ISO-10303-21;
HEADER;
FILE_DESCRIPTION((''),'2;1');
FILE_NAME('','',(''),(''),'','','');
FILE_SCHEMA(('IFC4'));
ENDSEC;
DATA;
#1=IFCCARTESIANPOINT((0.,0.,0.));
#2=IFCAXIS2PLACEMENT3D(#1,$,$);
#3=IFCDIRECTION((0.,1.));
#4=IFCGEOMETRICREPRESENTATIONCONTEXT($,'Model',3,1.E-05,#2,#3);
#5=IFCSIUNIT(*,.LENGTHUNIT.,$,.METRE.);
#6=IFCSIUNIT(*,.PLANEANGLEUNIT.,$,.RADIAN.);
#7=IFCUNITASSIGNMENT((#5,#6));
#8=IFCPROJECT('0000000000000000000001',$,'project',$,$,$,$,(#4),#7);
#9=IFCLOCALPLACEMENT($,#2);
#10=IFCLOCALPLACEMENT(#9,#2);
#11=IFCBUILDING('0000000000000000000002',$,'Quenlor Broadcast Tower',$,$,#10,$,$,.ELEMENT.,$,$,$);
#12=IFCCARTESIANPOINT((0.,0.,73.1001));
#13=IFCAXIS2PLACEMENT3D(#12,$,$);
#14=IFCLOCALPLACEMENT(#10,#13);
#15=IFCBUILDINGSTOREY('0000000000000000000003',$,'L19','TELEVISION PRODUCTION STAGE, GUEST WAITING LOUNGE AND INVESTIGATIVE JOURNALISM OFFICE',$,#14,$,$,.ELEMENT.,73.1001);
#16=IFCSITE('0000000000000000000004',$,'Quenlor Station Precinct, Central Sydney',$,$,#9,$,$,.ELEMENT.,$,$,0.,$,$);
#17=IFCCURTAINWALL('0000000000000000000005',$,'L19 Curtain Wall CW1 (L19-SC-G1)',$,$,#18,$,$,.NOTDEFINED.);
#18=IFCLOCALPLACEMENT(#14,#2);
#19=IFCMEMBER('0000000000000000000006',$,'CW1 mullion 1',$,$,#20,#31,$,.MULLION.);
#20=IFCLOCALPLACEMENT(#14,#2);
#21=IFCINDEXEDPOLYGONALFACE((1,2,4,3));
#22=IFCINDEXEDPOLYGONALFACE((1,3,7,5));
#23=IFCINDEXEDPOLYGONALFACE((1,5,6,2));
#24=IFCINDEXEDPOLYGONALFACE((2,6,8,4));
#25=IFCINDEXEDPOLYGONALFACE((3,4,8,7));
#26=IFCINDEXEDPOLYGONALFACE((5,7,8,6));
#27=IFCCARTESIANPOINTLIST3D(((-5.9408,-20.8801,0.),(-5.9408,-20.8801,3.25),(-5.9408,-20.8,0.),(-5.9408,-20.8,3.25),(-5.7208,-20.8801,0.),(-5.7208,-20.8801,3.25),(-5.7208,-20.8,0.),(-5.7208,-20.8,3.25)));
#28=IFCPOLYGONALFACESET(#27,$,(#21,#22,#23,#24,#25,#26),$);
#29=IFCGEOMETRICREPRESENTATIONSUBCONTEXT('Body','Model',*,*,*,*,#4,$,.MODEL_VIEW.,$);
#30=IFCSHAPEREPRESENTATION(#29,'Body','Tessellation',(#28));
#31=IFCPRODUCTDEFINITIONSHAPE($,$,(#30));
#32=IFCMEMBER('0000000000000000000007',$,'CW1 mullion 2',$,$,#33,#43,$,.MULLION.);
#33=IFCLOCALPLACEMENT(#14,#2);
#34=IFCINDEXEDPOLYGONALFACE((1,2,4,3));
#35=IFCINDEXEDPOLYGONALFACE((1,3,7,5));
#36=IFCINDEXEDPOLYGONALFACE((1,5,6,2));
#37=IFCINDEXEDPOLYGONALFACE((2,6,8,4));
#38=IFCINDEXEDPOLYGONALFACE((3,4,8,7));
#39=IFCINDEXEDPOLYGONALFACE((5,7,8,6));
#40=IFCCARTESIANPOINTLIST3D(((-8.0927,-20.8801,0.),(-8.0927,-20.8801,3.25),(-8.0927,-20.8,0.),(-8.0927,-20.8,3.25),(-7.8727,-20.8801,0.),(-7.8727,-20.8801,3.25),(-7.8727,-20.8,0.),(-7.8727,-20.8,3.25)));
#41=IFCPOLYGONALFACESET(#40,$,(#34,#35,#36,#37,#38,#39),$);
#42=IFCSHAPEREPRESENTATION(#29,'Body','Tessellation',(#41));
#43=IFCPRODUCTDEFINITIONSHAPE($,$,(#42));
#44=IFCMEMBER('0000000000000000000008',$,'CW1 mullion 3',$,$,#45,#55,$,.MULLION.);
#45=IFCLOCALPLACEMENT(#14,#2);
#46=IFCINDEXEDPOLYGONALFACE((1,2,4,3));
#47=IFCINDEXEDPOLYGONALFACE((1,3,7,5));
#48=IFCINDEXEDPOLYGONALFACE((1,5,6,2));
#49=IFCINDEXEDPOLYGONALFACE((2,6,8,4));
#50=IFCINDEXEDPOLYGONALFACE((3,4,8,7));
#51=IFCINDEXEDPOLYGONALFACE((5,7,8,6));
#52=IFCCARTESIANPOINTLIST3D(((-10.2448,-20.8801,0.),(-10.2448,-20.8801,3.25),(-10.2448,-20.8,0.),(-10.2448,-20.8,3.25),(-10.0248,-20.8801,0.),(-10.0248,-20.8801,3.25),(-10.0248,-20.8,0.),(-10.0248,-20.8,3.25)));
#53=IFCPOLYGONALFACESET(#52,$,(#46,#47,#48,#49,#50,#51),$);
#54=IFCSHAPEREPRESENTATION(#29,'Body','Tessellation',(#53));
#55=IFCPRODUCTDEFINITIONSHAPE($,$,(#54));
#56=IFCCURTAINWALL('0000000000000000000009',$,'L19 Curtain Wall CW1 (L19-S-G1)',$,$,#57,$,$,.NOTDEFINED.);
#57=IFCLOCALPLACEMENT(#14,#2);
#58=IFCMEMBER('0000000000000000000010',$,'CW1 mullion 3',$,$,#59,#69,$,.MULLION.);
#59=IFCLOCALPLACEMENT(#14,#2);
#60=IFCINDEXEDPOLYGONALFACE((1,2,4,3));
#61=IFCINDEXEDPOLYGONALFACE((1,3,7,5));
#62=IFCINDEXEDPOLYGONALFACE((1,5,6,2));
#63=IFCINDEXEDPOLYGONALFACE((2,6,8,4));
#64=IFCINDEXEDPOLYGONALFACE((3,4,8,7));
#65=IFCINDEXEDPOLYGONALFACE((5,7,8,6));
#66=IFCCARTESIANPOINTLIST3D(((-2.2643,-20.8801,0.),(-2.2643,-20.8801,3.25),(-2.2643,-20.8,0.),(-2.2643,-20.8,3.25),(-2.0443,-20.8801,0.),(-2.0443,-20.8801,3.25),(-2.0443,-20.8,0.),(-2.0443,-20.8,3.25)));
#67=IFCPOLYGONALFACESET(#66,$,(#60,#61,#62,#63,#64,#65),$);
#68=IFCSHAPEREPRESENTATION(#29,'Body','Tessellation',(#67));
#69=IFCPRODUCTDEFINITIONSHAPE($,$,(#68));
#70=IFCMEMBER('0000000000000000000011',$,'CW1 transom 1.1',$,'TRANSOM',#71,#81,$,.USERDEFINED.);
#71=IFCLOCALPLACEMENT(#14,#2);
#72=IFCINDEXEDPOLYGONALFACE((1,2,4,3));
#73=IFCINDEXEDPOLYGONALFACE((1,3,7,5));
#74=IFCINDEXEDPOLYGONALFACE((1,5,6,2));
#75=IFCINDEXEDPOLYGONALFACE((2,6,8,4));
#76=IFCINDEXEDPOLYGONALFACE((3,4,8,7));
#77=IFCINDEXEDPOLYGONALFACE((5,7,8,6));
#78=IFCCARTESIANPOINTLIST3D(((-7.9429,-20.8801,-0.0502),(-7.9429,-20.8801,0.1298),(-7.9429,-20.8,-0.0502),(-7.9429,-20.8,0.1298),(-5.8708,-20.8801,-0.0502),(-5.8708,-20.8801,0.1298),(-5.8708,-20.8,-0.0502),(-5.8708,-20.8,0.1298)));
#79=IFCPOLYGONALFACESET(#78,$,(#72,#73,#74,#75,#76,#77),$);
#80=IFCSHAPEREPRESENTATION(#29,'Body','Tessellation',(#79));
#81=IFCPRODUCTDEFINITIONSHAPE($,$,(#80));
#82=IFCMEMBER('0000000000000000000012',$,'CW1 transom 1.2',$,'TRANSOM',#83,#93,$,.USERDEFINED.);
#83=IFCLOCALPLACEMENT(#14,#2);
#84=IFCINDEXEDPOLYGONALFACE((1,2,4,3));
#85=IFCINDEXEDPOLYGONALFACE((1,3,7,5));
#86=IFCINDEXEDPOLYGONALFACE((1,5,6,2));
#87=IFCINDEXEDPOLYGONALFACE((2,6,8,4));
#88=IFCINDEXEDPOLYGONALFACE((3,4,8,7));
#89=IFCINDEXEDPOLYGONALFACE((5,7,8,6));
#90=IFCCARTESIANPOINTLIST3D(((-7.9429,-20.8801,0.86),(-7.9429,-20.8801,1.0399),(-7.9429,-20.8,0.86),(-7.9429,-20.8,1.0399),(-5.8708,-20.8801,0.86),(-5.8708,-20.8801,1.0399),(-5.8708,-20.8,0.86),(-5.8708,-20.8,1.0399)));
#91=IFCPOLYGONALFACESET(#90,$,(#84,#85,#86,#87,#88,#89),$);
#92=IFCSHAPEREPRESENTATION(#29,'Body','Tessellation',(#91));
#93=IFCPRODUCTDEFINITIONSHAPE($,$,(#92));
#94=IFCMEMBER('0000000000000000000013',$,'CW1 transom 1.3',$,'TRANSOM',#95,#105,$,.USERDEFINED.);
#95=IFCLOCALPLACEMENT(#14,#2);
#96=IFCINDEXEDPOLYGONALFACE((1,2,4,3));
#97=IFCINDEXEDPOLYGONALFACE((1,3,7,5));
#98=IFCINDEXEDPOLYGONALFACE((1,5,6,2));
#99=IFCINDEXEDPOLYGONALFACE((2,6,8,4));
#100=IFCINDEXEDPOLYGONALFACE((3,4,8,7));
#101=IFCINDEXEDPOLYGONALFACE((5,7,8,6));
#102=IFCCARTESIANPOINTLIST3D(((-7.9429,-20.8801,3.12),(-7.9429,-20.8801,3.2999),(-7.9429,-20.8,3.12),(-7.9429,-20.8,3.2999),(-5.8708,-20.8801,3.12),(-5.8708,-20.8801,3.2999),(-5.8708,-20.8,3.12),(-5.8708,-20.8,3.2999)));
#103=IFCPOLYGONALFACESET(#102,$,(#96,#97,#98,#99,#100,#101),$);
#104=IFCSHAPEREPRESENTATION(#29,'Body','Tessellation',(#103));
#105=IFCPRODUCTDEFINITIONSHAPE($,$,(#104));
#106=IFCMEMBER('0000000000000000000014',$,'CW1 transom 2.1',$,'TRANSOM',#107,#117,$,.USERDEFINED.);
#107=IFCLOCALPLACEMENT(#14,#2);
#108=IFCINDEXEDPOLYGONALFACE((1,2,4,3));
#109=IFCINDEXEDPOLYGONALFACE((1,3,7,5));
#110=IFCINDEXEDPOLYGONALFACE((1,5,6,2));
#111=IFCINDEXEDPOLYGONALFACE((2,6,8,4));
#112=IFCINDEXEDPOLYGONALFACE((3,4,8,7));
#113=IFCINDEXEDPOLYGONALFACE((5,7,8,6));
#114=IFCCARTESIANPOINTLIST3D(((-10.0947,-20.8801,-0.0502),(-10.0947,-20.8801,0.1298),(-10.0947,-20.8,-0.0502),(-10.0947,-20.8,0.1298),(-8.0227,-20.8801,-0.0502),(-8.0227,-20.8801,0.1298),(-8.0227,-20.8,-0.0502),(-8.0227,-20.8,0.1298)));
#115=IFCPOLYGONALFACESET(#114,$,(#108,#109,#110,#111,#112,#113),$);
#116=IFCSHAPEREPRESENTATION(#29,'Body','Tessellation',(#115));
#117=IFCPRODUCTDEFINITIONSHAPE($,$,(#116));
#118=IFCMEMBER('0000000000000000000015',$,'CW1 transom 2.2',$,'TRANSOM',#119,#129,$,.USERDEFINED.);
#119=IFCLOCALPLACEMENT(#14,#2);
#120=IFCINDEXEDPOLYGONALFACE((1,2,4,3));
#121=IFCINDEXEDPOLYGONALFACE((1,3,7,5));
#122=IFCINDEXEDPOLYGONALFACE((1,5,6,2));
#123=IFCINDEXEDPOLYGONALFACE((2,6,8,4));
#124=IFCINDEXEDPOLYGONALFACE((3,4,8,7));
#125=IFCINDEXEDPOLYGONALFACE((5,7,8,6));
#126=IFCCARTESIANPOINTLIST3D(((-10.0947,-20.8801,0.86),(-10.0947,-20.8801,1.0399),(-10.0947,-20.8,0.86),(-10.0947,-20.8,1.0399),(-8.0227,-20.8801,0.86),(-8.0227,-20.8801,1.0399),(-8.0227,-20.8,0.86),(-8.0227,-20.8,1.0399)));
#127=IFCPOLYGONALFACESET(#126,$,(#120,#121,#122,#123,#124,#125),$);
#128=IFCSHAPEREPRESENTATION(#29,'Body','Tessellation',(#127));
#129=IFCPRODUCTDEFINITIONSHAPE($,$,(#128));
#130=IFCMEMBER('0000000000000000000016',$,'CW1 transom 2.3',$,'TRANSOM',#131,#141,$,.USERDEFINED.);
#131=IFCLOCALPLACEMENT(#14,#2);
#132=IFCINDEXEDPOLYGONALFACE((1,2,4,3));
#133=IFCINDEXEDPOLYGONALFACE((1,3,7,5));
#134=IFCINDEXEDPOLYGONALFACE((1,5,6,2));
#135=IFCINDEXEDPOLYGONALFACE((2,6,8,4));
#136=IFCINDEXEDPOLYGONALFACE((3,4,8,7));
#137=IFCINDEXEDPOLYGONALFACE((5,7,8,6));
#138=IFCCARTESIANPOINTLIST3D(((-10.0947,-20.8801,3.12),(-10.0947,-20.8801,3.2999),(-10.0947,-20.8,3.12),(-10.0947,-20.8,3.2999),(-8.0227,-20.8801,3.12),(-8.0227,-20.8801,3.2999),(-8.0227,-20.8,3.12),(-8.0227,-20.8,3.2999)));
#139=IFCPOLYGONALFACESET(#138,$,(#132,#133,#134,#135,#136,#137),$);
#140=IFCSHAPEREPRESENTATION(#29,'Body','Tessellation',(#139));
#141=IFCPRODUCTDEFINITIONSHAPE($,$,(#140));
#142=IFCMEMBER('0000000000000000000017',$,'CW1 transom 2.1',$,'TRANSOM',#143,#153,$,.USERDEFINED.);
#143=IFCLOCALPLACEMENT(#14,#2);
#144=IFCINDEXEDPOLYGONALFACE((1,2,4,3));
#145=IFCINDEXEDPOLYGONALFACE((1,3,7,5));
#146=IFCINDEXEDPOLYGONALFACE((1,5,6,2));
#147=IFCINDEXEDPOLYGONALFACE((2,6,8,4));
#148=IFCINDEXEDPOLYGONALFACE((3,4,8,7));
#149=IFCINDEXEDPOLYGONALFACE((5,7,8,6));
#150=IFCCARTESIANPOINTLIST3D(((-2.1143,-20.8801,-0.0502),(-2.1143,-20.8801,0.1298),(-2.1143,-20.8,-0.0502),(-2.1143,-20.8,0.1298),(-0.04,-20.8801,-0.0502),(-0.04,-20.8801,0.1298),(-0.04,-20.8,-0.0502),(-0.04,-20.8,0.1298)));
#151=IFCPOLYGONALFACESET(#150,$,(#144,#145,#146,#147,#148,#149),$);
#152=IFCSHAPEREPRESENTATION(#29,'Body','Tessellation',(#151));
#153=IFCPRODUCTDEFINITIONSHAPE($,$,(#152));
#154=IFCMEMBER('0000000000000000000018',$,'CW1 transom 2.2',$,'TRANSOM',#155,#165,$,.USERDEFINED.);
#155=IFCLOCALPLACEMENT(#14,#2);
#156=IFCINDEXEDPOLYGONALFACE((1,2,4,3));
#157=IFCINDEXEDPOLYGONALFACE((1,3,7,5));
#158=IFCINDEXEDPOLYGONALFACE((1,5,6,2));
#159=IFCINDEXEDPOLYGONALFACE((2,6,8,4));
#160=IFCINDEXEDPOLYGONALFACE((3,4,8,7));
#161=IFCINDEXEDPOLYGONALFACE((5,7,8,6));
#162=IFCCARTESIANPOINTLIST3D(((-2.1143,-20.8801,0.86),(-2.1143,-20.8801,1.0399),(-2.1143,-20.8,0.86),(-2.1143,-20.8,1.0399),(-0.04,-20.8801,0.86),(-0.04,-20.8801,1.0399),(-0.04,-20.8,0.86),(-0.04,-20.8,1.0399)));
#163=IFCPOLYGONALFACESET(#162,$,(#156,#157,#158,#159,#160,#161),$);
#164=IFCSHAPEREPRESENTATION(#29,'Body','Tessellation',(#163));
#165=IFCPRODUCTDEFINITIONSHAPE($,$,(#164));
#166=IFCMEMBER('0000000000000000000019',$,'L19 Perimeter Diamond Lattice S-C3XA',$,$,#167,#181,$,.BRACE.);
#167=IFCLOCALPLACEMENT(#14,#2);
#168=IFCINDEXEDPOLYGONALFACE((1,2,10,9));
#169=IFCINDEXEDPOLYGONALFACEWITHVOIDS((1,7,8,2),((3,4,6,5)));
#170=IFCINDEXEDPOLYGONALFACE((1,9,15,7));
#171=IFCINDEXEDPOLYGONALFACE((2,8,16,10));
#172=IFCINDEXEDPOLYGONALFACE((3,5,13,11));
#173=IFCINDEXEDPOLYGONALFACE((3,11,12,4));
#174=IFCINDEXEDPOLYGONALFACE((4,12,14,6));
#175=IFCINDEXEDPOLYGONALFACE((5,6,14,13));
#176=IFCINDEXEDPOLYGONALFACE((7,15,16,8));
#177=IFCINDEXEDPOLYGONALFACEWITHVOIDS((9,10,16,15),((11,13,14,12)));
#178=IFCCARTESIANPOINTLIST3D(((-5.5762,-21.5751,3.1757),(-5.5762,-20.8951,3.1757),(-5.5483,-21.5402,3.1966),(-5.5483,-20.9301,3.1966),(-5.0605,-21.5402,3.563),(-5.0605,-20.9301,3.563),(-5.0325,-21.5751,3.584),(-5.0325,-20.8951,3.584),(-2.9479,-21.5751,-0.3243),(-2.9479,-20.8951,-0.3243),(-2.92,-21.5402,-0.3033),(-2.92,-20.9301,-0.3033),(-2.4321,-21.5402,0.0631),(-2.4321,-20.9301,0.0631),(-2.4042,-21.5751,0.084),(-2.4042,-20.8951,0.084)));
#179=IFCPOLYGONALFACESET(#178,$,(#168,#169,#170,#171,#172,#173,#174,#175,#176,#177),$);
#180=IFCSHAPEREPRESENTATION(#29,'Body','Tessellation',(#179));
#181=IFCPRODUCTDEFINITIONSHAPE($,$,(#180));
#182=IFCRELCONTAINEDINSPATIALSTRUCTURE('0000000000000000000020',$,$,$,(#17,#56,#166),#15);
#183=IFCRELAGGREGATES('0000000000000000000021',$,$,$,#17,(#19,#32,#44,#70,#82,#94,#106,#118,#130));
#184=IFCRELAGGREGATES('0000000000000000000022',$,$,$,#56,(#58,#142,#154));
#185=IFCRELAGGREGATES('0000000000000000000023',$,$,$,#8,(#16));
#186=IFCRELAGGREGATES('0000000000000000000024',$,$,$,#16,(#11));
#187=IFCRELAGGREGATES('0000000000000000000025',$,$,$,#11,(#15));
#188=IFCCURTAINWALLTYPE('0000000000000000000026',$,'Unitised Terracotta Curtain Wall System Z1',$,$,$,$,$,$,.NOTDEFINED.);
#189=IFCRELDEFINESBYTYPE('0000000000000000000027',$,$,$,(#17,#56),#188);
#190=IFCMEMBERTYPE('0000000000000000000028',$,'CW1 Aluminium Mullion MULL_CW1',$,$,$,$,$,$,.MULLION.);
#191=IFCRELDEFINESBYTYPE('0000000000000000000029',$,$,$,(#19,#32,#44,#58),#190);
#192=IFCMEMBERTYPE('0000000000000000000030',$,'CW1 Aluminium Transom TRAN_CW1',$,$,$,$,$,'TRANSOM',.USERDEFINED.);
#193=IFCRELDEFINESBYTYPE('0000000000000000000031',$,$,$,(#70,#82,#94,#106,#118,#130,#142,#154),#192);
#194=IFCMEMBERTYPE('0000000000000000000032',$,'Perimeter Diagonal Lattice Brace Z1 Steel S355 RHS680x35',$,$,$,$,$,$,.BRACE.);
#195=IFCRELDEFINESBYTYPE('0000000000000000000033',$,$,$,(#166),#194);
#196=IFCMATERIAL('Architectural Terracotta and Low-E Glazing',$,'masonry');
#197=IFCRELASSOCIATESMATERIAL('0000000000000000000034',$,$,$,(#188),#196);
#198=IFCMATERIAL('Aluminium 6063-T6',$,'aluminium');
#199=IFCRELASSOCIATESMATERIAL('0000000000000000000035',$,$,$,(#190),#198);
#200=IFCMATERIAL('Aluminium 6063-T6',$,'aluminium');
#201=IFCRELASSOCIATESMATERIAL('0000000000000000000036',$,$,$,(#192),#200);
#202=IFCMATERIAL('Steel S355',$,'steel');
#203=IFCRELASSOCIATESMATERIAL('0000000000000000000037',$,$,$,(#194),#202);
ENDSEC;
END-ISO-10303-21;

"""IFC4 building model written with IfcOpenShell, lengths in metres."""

from ifc_helpers import new_model, si_unit, direction, frame, origin, origin_2d, place, context, subcontext, project, spatial, rectangle, hollow_rectangle, extrude, material, material_profile, profile_set, type_object, element, aggregate, save


model = new_model("IFC4")

# Units and contexts
model_context = context("Model", 3, precision=1e-05, world=origin(), true_north=direction((0.0, 1.0)))
body_context = subcontext(model_context, "Body", "Model", "MODEL_VIEW")
ifc_project = project(units=[si_unit("LENGTHUNIT", "METRE"), si_unit("PLANEANGLEUNIT", "RADIAN")], contexts=[model_context])

# Site, building, storey
site_placement = place(None, origin())
site = spatial("IfcSite", under=ifc_project, at=site_placement, Name="Quenlor Station Precinct, Central Sydney", CompositionType="ELEMENT", RefElevation=0.0)
building_placement = place(site_placement, origin())
building = spatial("IfcBuilding", under=site, at=building_placement, Name="Quenlor Broadcast Tower", CompositionType="ELEMENT")
storey_placement = place(building_placement, frame((0.0, 0.0, 73.1001)))
storey = spatial("IfcBuildingStorey", under=building, at=storey_placement, Name="L19", Description="TELEVISION PRODUCTION STAGE, GUEST WAITING LOUNGE AND INVESTIGATIVE JOURNALISM OFFICE", CompositionType="ELEMENT", Elevation=73.1001)

# Curtain wall, members
ifc_material_1 = material(Name="Architectural Terracotta and Low-E Glazing", Category="masonry")
curtain_wall_type = type_object("IfcCurtainWallType", Name="Unitised Terracotta Curtain Wall System Z1", PredefinedType="NOTDEFINED", material=ifc_material_1)
curtain_wall_1_placement = place(storey_placement, origin())
curtain_wall_1 = element("IfcCurtainWall", 1, at=curtain_wall_1_placement, inside=storey, type_object=curtain_wall_type, Name="L19 Curtain Wall CW1 (L19-SC-G1)", PredefinedType="NOTDEFINED")
ifc_material_2 = material(Name="Aluminium 6063-T6", Category="aluminium")
ifc_material_profile_1 = material_profile(ifc_material_2, rectangle(XDim=0.0801, YDim=0.22, at=origin_2d()))
ifc_profile_set_1 = profile_set([ifc_material_profile_1], Name="Aluminium 6063-T6 MULL80x220")
member_type_1 = type_object("IfcMemberType", Name="CW1 Aluminium Mullion MULL_CW1", PredefinedType="MULLION", material=ifc_profile_set_1)
member_1_placement = place(storey_placement, frame((-5.8308, -20.8401, 0.0), z_axis=(0.0, 0.0, 1.0), x_axis=(0.0, -1.0, 0.0)))
member_1 = element("IfcMember", 2, at=member_1_placement, type_object=member_type_1, Name="CW1 mullion 1", PredefinedType="MULLION", context=body_context, shape_type="SweptSolid", body=[
    extrude(rectangle(XDim=0.0801, YDim=0.22, at=origin_2d()), origin(), (0.0, 0.0, 1.0), 3.25),
])
member_2_placement = place(storey_placement, frame((-7.9827, -20.8401, 0.0), z_axis=(0.0, 0.0, 1.0), x_axis=(0.0, -1.0, 0.0)))
member_2 = element("IfcMember", 3, at=member_2_placement, type_object=member_type_1, Name="CW1 mullion 2", PredefinedType="MULLION", context=body_context, shape_type="SweptSolid", body=[
    extrude(rectangle(XDim=0.0801, YDim=0.22, at=origin_2d()), origin(), (0.0, 0.0, 1.0), 3.25),
])
member_3_placement = place(storey_placement, frame((-10.1348, -20.8401, 0.0), z_axis=(0.0, 0.0, 1.0), x_axis=(0.0, -1.0, 0.0)))
member_3 = element("IfcMember", 4, at=member_3_placement, type_object=member_type_1, Name="CW1 mullion 3", PredefinedType="MULLION", context=body_context, shape_type="SweptSolid", body=[
    extrude(rectangle(XDim=0.0801, YDim=0.22, at=origin_2d()), origin(), (0.0, 0.0, 1.0), 3.25),
])

# Curtain wall, member
curtain_wall_2_placement = place(storey_placement, origin())
curtain_wall_2 = element("IfcCurtainWall", 5, at=curtain_wall_2_placement, inside=storey, type_object=curtain_wall_type, Name="L19 Curtain Wall CW1 (L19-S-G1)", PredefinedType="NOTDEFINED")
member_4_placement = place(storey_placement, frame((-2.1543, -20.8401, 0.0), z_axis=(0.0, 0.0, 1.0), x_axis=(0.0, -1.0, 0.0)))
member_4 = element("IfcMember", 6, at=member_4_placement, type_object=member_type_1, Name="CW1 mullion 3", PredefinedType="MULLION", context=body_context, shape_type="SweptSolid", body=[
    extrude(rectangle(XDim=0.0801, YDim=0.22, at=origin_2d()), origin(), (0.0, 0.0, 1.0), 3.25),
])

# Members
ifc_material_3 = material(Name="Aluminium 6063-T6", Category="aluminium")
ifc_material_profile_2 = material_profile(ifc_material_3, rectangle(XDim=0.0801, YDim=0.1799, at=origin_2d()))
ifc_profile_set_2 = profile_set([ifc_material_profile_2], Name="Aluminium 6063-T6 TRAN80x180")
member_type_2 = type_object("IfcMemberType", Name="CW1 Aluminium Transom TRAN_CW1", ElementType="TRANSOM", PredefinedType="USERDEFINED", material=ifc_profile_set_2)
member_5_placement = place(storey_placement, frame((-5.8708, -20.8401, 0.0398), z_axis=(-1.0, 0.0, 0.0), x_axis=(0.0, -1.0, 0.0)))
member_5 = element("IfcMember", 7, at=member_5_placement, type_object=member_type_2, Name="CW1 transom 1.1", ObjectType="TRANSOM", PredefinedType="USERDEFINED", context=body_context, shape_type="SweptSolid", body=[
    extrude(rectangle(XDim=0.0801, YDim=0.1799, at=origin_2d()), origin(), (0.0, 0.0, 1.0), 2.072),
])
member_6_placement = place(storey_placement, frame((-5.8708, -20.8401, 0.95), z_axis=(-1.0, 0.0, 0.0), x_axis=(0.0, -1.0, 0.0)))
member_6 = element("IfcMember", 8, at=member_6_placement, type_object=member_type_2, Name="CW1 transom 1.2", ObjectType="TRANSOM", PredefinedType="USERDEFINED", context=body_context, shape_type="SweptSolid", body=[
    extrude(rectangle(XDim=0.0801, YDim=0.1799, at=origin_2d()), origin(), (0.0, 0.0, 1.0), 2.072),
])
member_7_placement = place(storey_placement, frame((-5.8708, -20.8401, 3.21), z_axis=(-1.0, 0.0, 0.0), x_axis=(0.0, -1.0, 0.0)))
member_7 = element("IfcMember", 9, at=member_7_placement, type_object=member_type_2, Name="CW1 transom 1.3", ObjectType="TRANSOM", PredefinedType="USERDEFINED", context=body_context, shape_type="SweptSolid", body=[
    extrude(rectangle(XDim=0.0801, YDim=0.1799, at=origin_2d()), origin(), (0.0, 0.0, 1.0), 2.072),
])
member_8_placement = place(storey_placement, frame((-8.0227, -20.8401, 0.0398), z_axis=(-1.0, 0.0, 0.0), x_axis=(0.0, -1.0, 0.0)))
member_8 = element("IfcMember", 10, at=member_8_placement, type_object=member_type_2, Name="CW1 transom 2.1", ObjectType="TRANSOM", PredefinedType="USERDEFINED", context=body_context, shape_type="SweptSolid", body=[
    extrude(rectangle(XDim=0.0801, YDim=0.1799, at=origin_2d()), origin(), (0.0, 0.0, 1.0), 2.072),
])
member_9_placement = place(storey_placement, frame((-8.0227, -20.8401, 0.95), z_axis=(-1.0, 0.0, 0.0), x_axis=(0.0, -1.0, 0.0)))
member_9 = element("IfcMember", 11, at=member_9_placement, type_object=member_type_2, Name="CW1 transom 2.2", ObjectType="TRANSOM", PredefinedType="USERDEFINED", context=body_context, shape_type="SweptSolid", body=[
    extrude(rectangle(XDim=0.0801, YDim=0.1799, at=origin_2d()), origin(), (0.0, 0.0, 1.0), 2.072),
])
member_10_placement = place(storey_placement, frame((-8.0227, -20.8401, 3.21), z_axis=(-1.0, 0.0, 0.0), x_axis=(0.0, -1.0, 0.0)))
member_10 = element("IfcMember", 12, at=member_10_placement, type_object=member_type_2, Name="CW1 transom 2.3", ObjectType="TRANSOM", PredefinedType="USERDEFINED", context=body_context, shape_type="SweptSolid", body=[
    extrude(rectangle(XDim=0.0801, YDim=0.1799, at=origin_2d()), origin(), (0.0, 0.0, 1.0), 2.072),
])
member_11_placement = place(storey_placement, frame((-0.04, -20.8401, 0.0398), z_axis=(-1.0, 0.0, 0.0), x_axis=(0.0, -1.0, 0.0)))
member_11 = element("IfcMember", 13, at=member_11_placement, type_object=member_type_2, Name="CW1 transom 2.1", ObjectType="TRANSOM", PredefinedType="USERDEFINED", context=body_context, shape_type="SweptSolid", body=[
    extrude(rectangle(XDim=0.0801, YDim=0.1799, at=origin_2d()), origin(), (0.0, 0.0, 1.0), 2.0742),
])
member_12_placement = place(storey_placement, frame((-0.04, -20.8401, 0.95), z_axis=(-1.0, 0.0, 0.0), x_axis=(0.0, -1.0, 0.0)))
member_12 = element("IfcMember", 14, at=member_12_placement, type_object=member_type_2, Name="CW1 transom 2.2", ObjectType="TRANSOM", PredefinedType="USERDEFINED", context=body_context, shape_type="SweptSolid", body=[
    extrude(rectangle(XDim=0.0801, YDim=0.1799, at=origin_2d()), origin(), (0.0, 0.0, 1.0), 2.0742),
])

# Member
ifc_material_4 = material(Name="Steel S355", Category="steel")
ifc_material_profile_3 = material_profile(ifc_material_4, hollow_rectangle(XDim=0.6799, YDim=0.6799, WallThickness=0.0349, at=origin_2d()))
ifc_profile_set_3 = profile_set([ifc_material_profile_3], Name="Steel S355 RHS680x680x35")
member_type_3 = type_object("IfcMemberType", Name="Perimeter Diagonal Lattice Brace Z1 Steel S355 RHS680x35", PredefinedType="BRACE", material=ifc_profile_set_3)
member_13_placement = place(storey_placement, frame((-2.676, -21.2351, -0.1201), z_axis=(-0.6005, 0.0, 0.799625), x_axis=(0.0, -1.0, 0.0)))
element("IfcMember", 15, at=member_13_placement, inside=storey, type_object=member_type_3, Name="L19 Perimeter Diamond Lattice S-C3XA", PredefinedType="BRACE", context=body_context, shape_type="SweptSolid", body=[
    extrude(hollow_rectangle(XDim=0.6799, YDim=0.6799, WallThickness=0.0349, at=origin_2d()), origin(), (0.0, 0.0, 1.0), 4.377),
])

aggregate(curtain_wall_1, [member_1, member_2, member_3, member_5, member_6, member_7, member_8, member_9, member_10])
aggregate(curtain_wall_2, [member_4, member_11, member_12])

save(model, "model.ifc")
